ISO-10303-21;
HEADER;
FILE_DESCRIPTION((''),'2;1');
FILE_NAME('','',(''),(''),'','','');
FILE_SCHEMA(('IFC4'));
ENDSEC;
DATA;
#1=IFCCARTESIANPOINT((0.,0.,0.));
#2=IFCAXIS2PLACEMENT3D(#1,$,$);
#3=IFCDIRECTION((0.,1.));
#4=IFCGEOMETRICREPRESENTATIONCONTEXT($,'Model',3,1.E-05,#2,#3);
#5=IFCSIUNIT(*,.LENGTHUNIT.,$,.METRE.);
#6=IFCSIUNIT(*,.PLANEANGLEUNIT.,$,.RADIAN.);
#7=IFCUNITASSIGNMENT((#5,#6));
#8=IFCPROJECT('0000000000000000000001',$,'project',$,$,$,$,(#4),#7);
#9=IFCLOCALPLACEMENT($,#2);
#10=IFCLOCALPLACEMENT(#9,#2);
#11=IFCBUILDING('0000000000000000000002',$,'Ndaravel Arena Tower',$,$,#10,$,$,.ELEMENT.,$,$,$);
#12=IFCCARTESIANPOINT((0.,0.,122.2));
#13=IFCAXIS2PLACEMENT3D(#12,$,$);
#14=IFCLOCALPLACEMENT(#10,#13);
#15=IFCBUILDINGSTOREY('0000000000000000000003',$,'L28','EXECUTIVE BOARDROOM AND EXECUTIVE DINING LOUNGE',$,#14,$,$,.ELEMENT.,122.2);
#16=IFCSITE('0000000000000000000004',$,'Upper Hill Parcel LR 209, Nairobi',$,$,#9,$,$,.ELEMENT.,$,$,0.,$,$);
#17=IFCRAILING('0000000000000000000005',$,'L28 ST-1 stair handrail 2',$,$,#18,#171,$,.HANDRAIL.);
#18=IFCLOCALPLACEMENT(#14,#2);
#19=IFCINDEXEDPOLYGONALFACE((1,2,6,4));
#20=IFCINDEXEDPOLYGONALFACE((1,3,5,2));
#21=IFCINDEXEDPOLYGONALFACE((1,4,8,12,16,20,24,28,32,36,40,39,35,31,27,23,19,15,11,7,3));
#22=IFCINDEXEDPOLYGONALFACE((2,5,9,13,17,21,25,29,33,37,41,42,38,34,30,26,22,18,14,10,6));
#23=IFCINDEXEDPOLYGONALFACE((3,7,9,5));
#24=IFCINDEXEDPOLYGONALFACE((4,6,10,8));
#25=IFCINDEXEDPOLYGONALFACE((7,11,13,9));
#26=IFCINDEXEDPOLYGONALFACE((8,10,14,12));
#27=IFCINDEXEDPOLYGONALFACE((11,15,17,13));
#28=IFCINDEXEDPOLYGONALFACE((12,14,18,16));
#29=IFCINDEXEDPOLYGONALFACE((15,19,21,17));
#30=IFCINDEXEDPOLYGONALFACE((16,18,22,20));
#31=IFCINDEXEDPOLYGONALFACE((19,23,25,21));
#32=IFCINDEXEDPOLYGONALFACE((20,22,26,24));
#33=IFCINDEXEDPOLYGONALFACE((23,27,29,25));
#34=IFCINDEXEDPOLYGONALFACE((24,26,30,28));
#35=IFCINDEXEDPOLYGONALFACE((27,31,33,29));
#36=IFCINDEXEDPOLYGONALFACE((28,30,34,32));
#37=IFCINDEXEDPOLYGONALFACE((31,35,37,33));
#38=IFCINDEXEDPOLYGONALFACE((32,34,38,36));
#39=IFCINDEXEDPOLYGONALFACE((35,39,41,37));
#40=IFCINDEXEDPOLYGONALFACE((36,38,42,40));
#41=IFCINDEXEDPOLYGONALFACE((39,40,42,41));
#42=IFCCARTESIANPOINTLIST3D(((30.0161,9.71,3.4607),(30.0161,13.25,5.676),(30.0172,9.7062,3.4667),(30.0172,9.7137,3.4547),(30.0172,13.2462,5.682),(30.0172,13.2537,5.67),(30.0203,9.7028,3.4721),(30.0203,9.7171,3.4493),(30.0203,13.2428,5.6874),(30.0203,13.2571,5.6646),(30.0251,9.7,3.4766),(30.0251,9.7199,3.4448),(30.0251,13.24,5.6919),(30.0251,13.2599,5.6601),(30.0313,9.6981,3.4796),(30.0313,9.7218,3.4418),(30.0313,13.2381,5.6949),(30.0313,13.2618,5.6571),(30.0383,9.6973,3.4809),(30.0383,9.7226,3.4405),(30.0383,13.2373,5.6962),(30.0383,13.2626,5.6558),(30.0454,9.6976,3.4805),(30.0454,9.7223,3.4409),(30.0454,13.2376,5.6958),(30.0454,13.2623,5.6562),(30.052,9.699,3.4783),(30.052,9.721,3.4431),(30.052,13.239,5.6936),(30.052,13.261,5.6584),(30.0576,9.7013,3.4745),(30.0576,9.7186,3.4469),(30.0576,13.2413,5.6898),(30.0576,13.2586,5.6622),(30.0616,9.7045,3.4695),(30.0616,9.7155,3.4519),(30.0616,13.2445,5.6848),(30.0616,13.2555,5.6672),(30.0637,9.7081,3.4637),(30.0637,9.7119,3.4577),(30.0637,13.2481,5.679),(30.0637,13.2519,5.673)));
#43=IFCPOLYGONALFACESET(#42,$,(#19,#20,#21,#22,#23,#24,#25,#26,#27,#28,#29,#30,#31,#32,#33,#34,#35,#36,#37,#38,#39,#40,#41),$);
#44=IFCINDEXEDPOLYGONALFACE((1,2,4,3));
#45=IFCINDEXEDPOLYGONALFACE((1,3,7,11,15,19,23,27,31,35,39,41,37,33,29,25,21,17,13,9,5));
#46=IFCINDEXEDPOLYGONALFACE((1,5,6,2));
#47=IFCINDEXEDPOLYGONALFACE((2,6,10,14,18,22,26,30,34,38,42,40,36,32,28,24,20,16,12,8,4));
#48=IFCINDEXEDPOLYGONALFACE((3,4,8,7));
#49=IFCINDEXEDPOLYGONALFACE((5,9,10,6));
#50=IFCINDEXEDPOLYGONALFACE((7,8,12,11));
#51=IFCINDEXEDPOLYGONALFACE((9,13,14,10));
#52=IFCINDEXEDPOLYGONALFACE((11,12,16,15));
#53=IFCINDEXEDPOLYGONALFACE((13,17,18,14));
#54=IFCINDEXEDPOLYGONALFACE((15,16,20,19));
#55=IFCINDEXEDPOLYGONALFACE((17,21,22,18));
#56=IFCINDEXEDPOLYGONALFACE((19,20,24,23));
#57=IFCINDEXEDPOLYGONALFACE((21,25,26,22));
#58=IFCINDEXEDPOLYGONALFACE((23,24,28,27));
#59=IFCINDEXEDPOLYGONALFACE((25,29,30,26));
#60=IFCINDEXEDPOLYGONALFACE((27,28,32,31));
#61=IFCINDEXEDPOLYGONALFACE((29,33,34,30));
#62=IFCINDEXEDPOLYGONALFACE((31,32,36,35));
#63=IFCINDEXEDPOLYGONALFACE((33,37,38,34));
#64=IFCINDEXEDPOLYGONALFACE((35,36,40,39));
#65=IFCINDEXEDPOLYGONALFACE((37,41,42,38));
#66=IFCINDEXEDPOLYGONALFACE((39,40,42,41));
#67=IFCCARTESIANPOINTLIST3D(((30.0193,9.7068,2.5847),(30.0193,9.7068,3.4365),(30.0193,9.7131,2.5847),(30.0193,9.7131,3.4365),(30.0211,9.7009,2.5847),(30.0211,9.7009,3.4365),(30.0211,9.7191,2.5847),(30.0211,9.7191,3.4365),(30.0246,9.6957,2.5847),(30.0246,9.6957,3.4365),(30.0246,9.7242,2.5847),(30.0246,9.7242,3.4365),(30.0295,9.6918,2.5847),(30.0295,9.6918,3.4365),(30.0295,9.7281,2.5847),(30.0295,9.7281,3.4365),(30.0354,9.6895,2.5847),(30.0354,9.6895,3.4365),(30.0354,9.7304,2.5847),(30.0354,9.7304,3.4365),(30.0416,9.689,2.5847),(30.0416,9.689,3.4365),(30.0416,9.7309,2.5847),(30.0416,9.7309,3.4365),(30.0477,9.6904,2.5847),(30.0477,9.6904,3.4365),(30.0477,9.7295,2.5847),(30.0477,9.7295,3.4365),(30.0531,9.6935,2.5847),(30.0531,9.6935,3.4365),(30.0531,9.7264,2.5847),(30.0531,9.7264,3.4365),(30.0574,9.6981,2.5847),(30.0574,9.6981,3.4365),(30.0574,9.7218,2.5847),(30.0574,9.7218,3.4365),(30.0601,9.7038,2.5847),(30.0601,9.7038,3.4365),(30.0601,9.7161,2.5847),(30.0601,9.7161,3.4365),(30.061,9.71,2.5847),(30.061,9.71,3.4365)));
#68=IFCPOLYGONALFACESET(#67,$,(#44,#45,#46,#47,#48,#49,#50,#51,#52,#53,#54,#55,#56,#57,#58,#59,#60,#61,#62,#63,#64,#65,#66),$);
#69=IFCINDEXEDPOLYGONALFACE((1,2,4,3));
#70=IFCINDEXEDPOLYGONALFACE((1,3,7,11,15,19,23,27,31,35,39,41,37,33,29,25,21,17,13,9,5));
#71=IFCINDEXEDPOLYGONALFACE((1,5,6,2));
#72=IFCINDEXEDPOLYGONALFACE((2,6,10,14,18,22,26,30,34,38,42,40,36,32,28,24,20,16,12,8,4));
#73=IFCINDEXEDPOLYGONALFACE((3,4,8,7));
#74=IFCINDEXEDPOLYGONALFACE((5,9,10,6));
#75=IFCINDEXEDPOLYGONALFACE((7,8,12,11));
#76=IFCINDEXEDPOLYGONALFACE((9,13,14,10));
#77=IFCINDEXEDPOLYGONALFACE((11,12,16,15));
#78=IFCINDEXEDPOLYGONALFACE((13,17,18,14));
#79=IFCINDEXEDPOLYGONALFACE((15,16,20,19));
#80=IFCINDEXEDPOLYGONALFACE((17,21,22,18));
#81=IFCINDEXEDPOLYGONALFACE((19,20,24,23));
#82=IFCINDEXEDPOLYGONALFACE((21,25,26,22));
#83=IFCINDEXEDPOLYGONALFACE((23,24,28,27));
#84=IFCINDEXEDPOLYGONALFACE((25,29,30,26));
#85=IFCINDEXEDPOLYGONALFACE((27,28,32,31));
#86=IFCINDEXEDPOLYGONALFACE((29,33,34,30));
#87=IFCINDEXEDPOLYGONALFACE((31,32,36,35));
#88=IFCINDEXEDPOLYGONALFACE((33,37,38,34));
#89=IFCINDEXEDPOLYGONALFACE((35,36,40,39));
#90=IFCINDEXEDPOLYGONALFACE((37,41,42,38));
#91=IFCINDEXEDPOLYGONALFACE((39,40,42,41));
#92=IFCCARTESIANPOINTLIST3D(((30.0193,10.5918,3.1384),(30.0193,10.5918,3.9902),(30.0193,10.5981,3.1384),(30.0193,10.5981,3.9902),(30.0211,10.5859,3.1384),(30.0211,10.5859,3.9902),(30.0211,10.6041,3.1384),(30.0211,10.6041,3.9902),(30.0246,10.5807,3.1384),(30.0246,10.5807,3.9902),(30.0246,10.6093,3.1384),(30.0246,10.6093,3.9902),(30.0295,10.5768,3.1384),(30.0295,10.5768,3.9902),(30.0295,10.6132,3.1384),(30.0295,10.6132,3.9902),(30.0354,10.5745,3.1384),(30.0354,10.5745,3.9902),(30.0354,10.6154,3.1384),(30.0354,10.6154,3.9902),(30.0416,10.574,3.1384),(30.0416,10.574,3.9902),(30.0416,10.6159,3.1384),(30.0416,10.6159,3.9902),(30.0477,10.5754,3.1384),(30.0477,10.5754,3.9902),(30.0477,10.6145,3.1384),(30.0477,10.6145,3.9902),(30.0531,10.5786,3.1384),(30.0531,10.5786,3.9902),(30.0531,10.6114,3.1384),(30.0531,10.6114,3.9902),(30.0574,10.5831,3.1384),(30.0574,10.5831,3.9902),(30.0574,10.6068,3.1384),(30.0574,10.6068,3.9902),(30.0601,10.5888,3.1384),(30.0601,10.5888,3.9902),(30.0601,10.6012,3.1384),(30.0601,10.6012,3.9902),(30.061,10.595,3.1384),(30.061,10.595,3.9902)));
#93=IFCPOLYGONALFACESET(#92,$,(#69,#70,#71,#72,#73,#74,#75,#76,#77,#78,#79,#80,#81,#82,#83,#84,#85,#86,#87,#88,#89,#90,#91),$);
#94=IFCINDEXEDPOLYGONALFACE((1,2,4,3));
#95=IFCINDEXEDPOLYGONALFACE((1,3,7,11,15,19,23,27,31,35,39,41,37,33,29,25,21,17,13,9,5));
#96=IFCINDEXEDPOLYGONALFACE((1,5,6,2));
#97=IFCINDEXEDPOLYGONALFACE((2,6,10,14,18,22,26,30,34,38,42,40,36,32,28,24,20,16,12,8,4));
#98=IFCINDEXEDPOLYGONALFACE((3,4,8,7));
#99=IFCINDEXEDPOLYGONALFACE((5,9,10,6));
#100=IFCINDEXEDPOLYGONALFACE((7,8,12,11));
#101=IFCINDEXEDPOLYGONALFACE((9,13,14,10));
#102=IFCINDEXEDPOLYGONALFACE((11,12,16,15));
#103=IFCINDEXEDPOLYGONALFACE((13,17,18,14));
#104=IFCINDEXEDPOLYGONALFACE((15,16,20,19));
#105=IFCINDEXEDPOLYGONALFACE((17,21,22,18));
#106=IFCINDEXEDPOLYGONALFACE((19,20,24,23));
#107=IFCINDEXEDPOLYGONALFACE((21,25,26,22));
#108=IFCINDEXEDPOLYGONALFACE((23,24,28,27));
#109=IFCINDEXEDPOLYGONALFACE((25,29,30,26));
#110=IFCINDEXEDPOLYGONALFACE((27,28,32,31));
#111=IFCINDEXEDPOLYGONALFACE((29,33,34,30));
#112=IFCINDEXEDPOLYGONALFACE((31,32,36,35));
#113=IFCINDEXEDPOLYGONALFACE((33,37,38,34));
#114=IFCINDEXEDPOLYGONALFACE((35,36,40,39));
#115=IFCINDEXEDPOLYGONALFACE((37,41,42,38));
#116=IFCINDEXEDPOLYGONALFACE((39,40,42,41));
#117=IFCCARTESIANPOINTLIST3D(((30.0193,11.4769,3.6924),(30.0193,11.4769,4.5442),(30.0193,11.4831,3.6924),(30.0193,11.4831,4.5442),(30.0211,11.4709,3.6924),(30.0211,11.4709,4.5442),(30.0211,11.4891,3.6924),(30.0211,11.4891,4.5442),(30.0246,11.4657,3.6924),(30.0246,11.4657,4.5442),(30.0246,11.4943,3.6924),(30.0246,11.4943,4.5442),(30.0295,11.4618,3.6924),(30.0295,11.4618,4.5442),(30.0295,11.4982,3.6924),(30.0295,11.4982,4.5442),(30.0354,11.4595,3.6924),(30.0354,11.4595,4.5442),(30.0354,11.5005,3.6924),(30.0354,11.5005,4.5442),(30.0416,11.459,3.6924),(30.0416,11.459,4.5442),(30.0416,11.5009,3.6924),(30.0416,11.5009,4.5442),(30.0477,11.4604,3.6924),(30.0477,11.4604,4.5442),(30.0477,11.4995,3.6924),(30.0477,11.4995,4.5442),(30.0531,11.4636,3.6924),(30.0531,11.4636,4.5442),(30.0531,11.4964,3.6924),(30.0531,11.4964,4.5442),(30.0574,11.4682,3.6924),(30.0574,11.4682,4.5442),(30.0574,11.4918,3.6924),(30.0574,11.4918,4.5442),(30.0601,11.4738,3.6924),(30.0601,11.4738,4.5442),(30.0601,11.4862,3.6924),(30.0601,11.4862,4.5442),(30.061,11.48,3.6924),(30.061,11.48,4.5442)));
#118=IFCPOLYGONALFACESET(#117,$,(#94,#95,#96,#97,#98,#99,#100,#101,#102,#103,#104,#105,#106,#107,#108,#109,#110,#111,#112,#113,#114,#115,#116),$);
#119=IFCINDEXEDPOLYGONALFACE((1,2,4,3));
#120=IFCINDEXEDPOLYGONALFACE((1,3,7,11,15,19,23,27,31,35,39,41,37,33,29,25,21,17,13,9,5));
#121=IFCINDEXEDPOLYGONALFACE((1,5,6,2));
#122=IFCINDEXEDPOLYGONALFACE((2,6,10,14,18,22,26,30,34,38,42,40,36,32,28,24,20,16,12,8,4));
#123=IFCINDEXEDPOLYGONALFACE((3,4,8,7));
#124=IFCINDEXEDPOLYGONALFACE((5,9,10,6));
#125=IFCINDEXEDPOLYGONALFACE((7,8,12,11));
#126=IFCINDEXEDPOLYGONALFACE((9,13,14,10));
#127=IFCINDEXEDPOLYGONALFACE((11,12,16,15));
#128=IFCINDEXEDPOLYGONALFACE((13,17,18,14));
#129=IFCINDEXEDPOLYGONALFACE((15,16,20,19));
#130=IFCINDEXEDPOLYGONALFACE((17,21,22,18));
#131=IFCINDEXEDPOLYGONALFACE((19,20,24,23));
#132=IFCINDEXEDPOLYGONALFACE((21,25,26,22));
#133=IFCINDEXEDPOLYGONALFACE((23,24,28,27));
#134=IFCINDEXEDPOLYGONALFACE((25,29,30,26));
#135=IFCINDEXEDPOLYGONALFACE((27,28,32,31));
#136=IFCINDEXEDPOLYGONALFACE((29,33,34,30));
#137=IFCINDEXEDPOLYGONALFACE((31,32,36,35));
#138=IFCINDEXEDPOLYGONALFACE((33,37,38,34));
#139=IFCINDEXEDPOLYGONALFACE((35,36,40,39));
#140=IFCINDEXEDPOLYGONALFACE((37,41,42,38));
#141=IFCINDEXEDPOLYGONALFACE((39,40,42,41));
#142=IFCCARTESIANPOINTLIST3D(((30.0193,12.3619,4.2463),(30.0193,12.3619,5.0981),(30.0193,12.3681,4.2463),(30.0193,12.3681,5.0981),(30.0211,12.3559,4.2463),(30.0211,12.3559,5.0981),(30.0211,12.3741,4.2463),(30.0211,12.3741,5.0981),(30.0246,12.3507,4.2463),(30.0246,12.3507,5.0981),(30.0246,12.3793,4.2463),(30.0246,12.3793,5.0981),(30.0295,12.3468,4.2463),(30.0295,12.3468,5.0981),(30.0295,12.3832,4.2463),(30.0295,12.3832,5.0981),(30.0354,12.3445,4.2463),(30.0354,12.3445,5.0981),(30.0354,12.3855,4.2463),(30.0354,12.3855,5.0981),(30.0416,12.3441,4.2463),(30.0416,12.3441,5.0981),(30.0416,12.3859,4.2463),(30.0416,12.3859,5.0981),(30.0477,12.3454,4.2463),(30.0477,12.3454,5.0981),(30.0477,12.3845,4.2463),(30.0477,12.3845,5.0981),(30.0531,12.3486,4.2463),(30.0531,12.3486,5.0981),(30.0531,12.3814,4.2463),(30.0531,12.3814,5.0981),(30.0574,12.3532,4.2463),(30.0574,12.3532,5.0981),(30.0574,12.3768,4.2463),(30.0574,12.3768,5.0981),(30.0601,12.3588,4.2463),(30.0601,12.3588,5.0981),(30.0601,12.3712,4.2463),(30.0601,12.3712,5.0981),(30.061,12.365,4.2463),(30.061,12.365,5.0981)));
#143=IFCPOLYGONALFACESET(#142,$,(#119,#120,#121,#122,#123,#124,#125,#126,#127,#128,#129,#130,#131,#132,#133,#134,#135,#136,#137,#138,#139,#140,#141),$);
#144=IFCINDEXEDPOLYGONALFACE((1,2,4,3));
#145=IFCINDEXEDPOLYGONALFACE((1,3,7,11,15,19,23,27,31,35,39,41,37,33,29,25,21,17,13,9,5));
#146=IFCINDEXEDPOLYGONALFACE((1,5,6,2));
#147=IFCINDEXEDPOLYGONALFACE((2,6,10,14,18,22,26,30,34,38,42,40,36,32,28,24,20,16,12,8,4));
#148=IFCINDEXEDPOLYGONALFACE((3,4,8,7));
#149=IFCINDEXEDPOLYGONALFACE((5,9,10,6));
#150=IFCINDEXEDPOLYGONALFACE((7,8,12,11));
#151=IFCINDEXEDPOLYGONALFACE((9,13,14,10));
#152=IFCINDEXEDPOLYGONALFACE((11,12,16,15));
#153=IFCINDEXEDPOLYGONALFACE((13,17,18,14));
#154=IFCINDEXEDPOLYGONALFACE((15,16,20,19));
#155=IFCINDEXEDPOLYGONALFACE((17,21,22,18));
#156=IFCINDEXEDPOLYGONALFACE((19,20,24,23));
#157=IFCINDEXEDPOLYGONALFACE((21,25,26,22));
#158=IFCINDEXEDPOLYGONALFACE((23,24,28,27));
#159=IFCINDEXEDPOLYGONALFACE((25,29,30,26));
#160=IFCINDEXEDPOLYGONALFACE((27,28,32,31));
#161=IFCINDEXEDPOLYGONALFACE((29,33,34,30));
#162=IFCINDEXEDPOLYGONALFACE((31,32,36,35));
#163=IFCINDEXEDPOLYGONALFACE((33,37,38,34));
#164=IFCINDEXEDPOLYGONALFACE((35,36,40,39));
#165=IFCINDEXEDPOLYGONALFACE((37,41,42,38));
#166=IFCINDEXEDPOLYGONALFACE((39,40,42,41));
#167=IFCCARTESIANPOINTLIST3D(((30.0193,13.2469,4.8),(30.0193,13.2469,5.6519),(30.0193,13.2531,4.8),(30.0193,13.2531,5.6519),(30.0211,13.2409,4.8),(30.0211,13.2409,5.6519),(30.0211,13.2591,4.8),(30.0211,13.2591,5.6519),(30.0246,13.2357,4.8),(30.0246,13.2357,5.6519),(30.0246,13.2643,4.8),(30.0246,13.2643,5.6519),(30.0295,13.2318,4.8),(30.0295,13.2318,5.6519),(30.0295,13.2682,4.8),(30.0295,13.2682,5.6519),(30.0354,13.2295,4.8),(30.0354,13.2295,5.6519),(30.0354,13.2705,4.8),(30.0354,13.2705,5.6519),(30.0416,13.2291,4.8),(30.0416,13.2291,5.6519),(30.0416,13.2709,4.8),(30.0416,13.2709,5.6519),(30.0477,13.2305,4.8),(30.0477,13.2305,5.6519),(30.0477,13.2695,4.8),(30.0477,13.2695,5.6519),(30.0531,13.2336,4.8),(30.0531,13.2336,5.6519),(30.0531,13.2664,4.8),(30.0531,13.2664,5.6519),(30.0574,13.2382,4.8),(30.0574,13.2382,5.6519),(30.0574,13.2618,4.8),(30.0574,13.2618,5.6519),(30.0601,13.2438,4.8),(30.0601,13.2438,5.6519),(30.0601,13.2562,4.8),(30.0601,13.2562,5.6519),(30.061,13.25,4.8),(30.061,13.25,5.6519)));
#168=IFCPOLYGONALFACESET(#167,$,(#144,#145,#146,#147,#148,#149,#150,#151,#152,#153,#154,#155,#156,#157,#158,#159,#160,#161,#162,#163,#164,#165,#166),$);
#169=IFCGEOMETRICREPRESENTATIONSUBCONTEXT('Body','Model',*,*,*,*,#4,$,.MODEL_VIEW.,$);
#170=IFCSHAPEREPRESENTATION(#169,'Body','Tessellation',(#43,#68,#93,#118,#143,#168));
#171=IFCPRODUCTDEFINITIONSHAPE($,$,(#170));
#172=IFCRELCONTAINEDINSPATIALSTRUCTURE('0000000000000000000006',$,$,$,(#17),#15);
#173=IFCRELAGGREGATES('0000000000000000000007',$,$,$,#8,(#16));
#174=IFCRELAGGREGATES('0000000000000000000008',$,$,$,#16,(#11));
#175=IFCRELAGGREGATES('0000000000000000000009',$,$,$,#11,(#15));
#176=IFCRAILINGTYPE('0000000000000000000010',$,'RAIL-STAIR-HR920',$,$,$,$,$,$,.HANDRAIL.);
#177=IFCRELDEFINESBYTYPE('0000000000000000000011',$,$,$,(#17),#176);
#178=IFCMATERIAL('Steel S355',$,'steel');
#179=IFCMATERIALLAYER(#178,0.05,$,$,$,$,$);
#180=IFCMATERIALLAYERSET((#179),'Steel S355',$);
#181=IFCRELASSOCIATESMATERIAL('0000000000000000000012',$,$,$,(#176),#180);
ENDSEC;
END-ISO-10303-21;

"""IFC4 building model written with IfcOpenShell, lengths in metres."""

from ifc_helpers import new_model, si_unit, direction, frame, origin, origin_2d, place, context, subcontext, project, spatial, circle, extrude, material, layer, layer_set, type_object, element, save


model = new_model("IFC4")

# Units and contexts
model_context = context("Model", 3, precision=1e-05, world=origin(), true_north=direction((0.0, 1.0)))
body_context = subcontext(model_context, "Body", "Model", "MODEL_VIEW")
ifc_project = project(units=[si_unit("LENGTHUNIT", "METRE"), si_unit("PLANEANGLEUNIT", "RADIAN")], contexts=[model_context])

# Site, building, storey
site_placement = place(None, origin())
site = spatial("IfcSite", under=ifc_project, at=site_placement, Name="Upper Hill Parcel LR 209, Nairobi", CompositionType="ELEMENT", RefElevation=0.0)
building_placement = place(site_placement, origin())
building = spatial("IfcBuilding", under=site, at=building_placement, Name="Ndaravel Arena Tower", CompositionType="ELEMENT")
storey_placement = place(building_placement, frame((0.0, 0.0, 122.2)))
storey = spatial("IfcBuildingStorey", under=building, at=storey_placement, Name="L28", Description="EXECUTIVE BOARDROOM AND EXECUTIVE DINING LOUNGE", CompositionType="ELEMENT", Elevation=122.2)

# Railing
ifc_material_1 = material(Name="Steel S355", Category="steel")
ifc_layer_1 = layer(ifc_material_1, 0.05)
ifc_layer_set_1 = layer_set([ifc_layer_1], Name="Steel S355")
railing_type_1 = type_object("IfcRailingType", Name="RAIL-STAIR-HR920", PredefinedType="HANDRAIL", material=ifc_layer_set_1)
railing_1_placement = place(storey_placement, frame((30.04, 9.71, 2.5847)))
element("IfcRailing", 1, at=railing_1_placement, inside=storey, type_object=railing_type_1, Name="L28 ST-1 stair handrail 2", PredefinedType="HANDRAIL", context=body_context, shape_type="SweptSolid", body=[
    extrude(circle(Radius=0.0239, at=origin_2d()), frame((0.0, 0.0, 0.876), z_axis=(0.0, 0.847696, 0.530482), x_axis=(-1.0, 0.0, 0.0)), (0.0, 0.0, 1.0), 4.176),
    extrude(circle(Radius=0.021, at=origin_2d()), origin(), (0.0, 0.0, 1.0), 0.8518),
    extrude(circle(Radius=0.021, at=origin_2d()), frame((0.0, 0.885, 0.5537)), (0.0, 0.0, 1.0), 0.8518),
    extrude(circle(Radius=0.021, at=origin_2d()), frame((0.0, 1.77, 1.1077)), (0.0, 0.0, 1.0), 0.8518),
    extrude(circle(Radius=0.021, at=origin_2d()), frame((0.0, 2.655, 1.6616)), (0.0, 0.0, 1.0), 0.8518),
    extrude(circle(Radius=0.021, at=origin_2d()), frame((0.0, 3.54, 2.2153)), (0.0, 0.0, 1.0), 0.8518),
])

save(model, "model.ifc")
